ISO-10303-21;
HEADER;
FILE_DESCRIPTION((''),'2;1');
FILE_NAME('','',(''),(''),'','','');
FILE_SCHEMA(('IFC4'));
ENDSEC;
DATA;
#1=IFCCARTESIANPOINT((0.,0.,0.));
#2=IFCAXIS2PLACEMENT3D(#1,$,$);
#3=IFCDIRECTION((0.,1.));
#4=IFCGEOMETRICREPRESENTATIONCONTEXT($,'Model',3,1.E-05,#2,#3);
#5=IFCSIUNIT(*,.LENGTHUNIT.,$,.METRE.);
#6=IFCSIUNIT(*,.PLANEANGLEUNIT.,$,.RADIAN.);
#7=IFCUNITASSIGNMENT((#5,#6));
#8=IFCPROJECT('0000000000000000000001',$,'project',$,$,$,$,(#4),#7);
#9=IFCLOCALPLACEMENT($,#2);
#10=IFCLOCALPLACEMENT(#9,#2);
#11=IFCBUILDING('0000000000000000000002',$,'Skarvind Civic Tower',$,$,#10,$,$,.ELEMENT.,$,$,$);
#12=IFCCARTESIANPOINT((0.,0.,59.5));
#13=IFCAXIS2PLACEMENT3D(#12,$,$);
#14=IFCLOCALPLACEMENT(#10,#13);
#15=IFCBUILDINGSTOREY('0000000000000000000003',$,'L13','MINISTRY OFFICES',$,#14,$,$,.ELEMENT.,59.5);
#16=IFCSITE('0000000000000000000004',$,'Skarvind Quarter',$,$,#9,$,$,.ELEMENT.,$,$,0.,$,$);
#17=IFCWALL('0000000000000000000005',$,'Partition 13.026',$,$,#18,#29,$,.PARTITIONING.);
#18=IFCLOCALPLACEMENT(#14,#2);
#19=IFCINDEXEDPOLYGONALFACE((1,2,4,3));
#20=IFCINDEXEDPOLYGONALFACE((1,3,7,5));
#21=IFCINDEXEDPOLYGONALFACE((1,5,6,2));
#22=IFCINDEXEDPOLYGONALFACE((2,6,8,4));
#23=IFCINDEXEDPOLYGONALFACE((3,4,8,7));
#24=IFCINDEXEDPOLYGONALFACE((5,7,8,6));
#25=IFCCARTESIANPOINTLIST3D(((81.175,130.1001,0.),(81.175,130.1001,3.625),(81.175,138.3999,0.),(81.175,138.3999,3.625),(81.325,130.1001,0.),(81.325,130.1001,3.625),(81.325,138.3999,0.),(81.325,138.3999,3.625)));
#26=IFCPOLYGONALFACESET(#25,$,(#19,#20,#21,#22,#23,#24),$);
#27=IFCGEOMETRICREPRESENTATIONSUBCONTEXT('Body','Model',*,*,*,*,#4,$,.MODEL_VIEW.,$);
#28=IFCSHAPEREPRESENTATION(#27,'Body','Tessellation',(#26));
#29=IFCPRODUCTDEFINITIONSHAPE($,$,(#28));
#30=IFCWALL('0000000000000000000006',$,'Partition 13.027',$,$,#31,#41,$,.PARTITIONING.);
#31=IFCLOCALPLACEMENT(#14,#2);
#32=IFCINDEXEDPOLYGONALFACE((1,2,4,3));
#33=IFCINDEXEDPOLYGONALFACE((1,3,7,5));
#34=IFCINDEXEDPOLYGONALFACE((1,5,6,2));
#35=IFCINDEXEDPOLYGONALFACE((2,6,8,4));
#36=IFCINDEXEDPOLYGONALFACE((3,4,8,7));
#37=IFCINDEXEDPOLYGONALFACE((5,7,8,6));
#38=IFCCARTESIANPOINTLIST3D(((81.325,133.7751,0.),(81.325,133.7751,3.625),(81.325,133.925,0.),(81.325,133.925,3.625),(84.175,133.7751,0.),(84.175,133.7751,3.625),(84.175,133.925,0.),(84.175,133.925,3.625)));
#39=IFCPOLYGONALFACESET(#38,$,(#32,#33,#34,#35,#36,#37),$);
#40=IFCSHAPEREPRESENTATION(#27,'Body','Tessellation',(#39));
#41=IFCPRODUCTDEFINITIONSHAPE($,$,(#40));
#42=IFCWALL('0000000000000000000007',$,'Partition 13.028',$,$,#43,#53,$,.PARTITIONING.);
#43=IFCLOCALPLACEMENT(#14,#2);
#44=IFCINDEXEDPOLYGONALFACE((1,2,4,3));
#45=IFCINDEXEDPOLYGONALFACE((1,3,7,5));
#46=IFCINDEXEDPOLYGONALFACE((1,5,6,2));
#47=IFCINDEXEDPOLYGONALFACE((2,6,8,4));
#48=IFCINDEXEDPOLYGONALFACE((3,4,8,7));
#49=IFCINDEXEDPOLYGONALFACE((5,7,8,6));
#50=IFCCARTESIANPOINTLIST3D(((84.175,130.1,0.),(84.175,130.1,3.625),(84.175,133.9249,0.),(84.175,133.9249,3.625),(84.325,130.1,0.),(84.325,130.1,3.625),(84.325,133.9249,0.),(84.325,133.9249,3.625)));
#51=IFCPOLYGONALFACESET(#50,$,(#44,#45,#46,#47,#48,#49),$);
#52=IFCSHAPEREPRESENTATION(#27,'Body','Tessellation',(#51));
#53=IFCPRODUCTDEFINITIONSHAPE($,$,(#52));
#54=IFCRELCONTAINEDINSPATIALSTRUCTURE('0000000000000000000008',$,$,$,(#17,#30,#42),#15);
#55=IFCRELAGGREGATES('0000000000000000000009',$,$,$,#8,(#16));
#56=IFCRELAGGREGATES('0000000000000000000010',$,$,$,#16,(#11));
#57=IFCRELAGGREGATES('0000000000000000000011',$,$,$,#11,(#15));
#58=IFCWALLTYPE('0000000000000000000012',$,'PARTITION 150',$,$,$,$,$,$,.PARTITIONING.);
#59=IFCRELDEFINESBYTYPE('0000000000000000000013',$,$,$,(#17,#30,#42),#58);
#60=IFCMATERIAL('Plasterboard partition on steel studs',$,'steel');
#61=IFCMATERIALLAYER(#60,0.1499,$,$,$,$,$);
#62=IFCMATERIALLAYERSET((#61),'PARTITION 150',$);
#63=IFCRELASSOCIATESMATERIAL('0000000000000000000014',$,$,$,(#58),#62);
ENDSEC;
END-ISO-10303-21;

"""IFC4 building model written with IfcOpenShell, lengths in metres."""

from ifc_helpers import new_model, si_unit, direction, frame, frame_2d, origin, place, context, subcontext, project, spatial, rectangle, extrude, material, layer, layer_set, type_object, element, save


model = new_model("IFC4")

# Units and contexts
model_context = context("Model", 3, precision=1e-05, world=origin(), true_north=direction((0.0, 1.0)))
body_context = subcontext(model_context, "Body", "Model", "MODEL_VIEW")
ifc_project = project(units=[si_unit("LENGTHUNIT", "METRE"), si_unit("PLANEANGLEUNIT", "RADIAN")], contexts=[model_context])

# Site, building, storey
site_placement = place(None, origin())
site = spatial("IfcSite", under=ifc_project, at=site_placement, Name="Skarvind Quarter", CompositionType="ELEMENT", RefElevation=0.0)
building_placement = place(site_placement, origin())
building = spatial("IfcBuilding", under=site, at=building_placement, Name="Skarvind Civic Tower", CompositionType="ELEMENT")
storey_placement = place(building_placement, frame((0.0, 0.0, 59.5)))
storey = spatial("IfcBuildingStorey", under=building, at=storey_placement, Name="L13", Description="MINISTRY OFFICES", CompositionType="ELEMENT", Elevation=59.5)

# Walls
ifc_material_1 = material(Name="Plasterboard partition on steel studs", Category="steel")
ifc_layer_1 = layer(ifc_material_1, 0.1499)
ifc_layer_set_1 = layer_set([ifc_layer_1], Name="PARTITION 150")
wall_type_1 = type_object("IfcWallType", Name="PARTITION 150", PredefinedType="PARTITIONING", material=ifc_layer_set_1)
wall_1_placement = place(storey_placement, frame((81.25, 130.1001, 0.0), z_axis=(0.0, 0.0, 1.0), x_axis=(0.0, 1.0, 0.0)))
element("IfcWall", 1, at=wall_1_placement, inside=storey, type_object=wall_type_1, Name="Partition 13.026", PredefinedType="PARTITIONING", context=body_context, shape_type="SweptSolid", body=[
    extrude(rectangle(XDim=8.2998, YDim=0.1499, at=frame_2d((4.1499, 0.0))), origin(), (0.0, 0.0, 1.0), 3.625),
])
wall_2_placement = place(storey_placement, frame((81.325, 133.8501, 0.0), z_axis=(0.0, 0.0, 1.0), x_axis=(1.0, 0.0, 0.0)))
element("IfcWall", 2, at=wall_2_placement, inside=storey, type_object=wall_type_1, Name="Partition 13.027", PredefinedType="PARTITIONING", context=body_context, shape_type="SweptSolid", body=[
    extrude(rectangle(XDim=2.8501, YDim=0.1499, at=frame_2d((1.425, 0.0))), origin(), (0.0, 0.0, 1.0), 3.625),
])
wall_3_placement = place(storey_placement, frame((84.25, 133.925, 0.0), z_axis=(0.0, 0.0, 1.0), x_axis=(0.0, -1.0, 0.0)))
element("IfcWall", 3, at=wall_3_placement, inside=storey, type_object=wall_type_1, Name="Partition 13.028", PredefinedType="PARTITIONING", context=body_context, shape_type="SweptSolid", body=[
    extrude(rectangle(XDim=3.825, YDim=0.1499, at=frame_2d((1.9126, 0.0))), origin(), (0.0, 0.0, 1.0), 3.625),
])

save(model, "model.ifc")
